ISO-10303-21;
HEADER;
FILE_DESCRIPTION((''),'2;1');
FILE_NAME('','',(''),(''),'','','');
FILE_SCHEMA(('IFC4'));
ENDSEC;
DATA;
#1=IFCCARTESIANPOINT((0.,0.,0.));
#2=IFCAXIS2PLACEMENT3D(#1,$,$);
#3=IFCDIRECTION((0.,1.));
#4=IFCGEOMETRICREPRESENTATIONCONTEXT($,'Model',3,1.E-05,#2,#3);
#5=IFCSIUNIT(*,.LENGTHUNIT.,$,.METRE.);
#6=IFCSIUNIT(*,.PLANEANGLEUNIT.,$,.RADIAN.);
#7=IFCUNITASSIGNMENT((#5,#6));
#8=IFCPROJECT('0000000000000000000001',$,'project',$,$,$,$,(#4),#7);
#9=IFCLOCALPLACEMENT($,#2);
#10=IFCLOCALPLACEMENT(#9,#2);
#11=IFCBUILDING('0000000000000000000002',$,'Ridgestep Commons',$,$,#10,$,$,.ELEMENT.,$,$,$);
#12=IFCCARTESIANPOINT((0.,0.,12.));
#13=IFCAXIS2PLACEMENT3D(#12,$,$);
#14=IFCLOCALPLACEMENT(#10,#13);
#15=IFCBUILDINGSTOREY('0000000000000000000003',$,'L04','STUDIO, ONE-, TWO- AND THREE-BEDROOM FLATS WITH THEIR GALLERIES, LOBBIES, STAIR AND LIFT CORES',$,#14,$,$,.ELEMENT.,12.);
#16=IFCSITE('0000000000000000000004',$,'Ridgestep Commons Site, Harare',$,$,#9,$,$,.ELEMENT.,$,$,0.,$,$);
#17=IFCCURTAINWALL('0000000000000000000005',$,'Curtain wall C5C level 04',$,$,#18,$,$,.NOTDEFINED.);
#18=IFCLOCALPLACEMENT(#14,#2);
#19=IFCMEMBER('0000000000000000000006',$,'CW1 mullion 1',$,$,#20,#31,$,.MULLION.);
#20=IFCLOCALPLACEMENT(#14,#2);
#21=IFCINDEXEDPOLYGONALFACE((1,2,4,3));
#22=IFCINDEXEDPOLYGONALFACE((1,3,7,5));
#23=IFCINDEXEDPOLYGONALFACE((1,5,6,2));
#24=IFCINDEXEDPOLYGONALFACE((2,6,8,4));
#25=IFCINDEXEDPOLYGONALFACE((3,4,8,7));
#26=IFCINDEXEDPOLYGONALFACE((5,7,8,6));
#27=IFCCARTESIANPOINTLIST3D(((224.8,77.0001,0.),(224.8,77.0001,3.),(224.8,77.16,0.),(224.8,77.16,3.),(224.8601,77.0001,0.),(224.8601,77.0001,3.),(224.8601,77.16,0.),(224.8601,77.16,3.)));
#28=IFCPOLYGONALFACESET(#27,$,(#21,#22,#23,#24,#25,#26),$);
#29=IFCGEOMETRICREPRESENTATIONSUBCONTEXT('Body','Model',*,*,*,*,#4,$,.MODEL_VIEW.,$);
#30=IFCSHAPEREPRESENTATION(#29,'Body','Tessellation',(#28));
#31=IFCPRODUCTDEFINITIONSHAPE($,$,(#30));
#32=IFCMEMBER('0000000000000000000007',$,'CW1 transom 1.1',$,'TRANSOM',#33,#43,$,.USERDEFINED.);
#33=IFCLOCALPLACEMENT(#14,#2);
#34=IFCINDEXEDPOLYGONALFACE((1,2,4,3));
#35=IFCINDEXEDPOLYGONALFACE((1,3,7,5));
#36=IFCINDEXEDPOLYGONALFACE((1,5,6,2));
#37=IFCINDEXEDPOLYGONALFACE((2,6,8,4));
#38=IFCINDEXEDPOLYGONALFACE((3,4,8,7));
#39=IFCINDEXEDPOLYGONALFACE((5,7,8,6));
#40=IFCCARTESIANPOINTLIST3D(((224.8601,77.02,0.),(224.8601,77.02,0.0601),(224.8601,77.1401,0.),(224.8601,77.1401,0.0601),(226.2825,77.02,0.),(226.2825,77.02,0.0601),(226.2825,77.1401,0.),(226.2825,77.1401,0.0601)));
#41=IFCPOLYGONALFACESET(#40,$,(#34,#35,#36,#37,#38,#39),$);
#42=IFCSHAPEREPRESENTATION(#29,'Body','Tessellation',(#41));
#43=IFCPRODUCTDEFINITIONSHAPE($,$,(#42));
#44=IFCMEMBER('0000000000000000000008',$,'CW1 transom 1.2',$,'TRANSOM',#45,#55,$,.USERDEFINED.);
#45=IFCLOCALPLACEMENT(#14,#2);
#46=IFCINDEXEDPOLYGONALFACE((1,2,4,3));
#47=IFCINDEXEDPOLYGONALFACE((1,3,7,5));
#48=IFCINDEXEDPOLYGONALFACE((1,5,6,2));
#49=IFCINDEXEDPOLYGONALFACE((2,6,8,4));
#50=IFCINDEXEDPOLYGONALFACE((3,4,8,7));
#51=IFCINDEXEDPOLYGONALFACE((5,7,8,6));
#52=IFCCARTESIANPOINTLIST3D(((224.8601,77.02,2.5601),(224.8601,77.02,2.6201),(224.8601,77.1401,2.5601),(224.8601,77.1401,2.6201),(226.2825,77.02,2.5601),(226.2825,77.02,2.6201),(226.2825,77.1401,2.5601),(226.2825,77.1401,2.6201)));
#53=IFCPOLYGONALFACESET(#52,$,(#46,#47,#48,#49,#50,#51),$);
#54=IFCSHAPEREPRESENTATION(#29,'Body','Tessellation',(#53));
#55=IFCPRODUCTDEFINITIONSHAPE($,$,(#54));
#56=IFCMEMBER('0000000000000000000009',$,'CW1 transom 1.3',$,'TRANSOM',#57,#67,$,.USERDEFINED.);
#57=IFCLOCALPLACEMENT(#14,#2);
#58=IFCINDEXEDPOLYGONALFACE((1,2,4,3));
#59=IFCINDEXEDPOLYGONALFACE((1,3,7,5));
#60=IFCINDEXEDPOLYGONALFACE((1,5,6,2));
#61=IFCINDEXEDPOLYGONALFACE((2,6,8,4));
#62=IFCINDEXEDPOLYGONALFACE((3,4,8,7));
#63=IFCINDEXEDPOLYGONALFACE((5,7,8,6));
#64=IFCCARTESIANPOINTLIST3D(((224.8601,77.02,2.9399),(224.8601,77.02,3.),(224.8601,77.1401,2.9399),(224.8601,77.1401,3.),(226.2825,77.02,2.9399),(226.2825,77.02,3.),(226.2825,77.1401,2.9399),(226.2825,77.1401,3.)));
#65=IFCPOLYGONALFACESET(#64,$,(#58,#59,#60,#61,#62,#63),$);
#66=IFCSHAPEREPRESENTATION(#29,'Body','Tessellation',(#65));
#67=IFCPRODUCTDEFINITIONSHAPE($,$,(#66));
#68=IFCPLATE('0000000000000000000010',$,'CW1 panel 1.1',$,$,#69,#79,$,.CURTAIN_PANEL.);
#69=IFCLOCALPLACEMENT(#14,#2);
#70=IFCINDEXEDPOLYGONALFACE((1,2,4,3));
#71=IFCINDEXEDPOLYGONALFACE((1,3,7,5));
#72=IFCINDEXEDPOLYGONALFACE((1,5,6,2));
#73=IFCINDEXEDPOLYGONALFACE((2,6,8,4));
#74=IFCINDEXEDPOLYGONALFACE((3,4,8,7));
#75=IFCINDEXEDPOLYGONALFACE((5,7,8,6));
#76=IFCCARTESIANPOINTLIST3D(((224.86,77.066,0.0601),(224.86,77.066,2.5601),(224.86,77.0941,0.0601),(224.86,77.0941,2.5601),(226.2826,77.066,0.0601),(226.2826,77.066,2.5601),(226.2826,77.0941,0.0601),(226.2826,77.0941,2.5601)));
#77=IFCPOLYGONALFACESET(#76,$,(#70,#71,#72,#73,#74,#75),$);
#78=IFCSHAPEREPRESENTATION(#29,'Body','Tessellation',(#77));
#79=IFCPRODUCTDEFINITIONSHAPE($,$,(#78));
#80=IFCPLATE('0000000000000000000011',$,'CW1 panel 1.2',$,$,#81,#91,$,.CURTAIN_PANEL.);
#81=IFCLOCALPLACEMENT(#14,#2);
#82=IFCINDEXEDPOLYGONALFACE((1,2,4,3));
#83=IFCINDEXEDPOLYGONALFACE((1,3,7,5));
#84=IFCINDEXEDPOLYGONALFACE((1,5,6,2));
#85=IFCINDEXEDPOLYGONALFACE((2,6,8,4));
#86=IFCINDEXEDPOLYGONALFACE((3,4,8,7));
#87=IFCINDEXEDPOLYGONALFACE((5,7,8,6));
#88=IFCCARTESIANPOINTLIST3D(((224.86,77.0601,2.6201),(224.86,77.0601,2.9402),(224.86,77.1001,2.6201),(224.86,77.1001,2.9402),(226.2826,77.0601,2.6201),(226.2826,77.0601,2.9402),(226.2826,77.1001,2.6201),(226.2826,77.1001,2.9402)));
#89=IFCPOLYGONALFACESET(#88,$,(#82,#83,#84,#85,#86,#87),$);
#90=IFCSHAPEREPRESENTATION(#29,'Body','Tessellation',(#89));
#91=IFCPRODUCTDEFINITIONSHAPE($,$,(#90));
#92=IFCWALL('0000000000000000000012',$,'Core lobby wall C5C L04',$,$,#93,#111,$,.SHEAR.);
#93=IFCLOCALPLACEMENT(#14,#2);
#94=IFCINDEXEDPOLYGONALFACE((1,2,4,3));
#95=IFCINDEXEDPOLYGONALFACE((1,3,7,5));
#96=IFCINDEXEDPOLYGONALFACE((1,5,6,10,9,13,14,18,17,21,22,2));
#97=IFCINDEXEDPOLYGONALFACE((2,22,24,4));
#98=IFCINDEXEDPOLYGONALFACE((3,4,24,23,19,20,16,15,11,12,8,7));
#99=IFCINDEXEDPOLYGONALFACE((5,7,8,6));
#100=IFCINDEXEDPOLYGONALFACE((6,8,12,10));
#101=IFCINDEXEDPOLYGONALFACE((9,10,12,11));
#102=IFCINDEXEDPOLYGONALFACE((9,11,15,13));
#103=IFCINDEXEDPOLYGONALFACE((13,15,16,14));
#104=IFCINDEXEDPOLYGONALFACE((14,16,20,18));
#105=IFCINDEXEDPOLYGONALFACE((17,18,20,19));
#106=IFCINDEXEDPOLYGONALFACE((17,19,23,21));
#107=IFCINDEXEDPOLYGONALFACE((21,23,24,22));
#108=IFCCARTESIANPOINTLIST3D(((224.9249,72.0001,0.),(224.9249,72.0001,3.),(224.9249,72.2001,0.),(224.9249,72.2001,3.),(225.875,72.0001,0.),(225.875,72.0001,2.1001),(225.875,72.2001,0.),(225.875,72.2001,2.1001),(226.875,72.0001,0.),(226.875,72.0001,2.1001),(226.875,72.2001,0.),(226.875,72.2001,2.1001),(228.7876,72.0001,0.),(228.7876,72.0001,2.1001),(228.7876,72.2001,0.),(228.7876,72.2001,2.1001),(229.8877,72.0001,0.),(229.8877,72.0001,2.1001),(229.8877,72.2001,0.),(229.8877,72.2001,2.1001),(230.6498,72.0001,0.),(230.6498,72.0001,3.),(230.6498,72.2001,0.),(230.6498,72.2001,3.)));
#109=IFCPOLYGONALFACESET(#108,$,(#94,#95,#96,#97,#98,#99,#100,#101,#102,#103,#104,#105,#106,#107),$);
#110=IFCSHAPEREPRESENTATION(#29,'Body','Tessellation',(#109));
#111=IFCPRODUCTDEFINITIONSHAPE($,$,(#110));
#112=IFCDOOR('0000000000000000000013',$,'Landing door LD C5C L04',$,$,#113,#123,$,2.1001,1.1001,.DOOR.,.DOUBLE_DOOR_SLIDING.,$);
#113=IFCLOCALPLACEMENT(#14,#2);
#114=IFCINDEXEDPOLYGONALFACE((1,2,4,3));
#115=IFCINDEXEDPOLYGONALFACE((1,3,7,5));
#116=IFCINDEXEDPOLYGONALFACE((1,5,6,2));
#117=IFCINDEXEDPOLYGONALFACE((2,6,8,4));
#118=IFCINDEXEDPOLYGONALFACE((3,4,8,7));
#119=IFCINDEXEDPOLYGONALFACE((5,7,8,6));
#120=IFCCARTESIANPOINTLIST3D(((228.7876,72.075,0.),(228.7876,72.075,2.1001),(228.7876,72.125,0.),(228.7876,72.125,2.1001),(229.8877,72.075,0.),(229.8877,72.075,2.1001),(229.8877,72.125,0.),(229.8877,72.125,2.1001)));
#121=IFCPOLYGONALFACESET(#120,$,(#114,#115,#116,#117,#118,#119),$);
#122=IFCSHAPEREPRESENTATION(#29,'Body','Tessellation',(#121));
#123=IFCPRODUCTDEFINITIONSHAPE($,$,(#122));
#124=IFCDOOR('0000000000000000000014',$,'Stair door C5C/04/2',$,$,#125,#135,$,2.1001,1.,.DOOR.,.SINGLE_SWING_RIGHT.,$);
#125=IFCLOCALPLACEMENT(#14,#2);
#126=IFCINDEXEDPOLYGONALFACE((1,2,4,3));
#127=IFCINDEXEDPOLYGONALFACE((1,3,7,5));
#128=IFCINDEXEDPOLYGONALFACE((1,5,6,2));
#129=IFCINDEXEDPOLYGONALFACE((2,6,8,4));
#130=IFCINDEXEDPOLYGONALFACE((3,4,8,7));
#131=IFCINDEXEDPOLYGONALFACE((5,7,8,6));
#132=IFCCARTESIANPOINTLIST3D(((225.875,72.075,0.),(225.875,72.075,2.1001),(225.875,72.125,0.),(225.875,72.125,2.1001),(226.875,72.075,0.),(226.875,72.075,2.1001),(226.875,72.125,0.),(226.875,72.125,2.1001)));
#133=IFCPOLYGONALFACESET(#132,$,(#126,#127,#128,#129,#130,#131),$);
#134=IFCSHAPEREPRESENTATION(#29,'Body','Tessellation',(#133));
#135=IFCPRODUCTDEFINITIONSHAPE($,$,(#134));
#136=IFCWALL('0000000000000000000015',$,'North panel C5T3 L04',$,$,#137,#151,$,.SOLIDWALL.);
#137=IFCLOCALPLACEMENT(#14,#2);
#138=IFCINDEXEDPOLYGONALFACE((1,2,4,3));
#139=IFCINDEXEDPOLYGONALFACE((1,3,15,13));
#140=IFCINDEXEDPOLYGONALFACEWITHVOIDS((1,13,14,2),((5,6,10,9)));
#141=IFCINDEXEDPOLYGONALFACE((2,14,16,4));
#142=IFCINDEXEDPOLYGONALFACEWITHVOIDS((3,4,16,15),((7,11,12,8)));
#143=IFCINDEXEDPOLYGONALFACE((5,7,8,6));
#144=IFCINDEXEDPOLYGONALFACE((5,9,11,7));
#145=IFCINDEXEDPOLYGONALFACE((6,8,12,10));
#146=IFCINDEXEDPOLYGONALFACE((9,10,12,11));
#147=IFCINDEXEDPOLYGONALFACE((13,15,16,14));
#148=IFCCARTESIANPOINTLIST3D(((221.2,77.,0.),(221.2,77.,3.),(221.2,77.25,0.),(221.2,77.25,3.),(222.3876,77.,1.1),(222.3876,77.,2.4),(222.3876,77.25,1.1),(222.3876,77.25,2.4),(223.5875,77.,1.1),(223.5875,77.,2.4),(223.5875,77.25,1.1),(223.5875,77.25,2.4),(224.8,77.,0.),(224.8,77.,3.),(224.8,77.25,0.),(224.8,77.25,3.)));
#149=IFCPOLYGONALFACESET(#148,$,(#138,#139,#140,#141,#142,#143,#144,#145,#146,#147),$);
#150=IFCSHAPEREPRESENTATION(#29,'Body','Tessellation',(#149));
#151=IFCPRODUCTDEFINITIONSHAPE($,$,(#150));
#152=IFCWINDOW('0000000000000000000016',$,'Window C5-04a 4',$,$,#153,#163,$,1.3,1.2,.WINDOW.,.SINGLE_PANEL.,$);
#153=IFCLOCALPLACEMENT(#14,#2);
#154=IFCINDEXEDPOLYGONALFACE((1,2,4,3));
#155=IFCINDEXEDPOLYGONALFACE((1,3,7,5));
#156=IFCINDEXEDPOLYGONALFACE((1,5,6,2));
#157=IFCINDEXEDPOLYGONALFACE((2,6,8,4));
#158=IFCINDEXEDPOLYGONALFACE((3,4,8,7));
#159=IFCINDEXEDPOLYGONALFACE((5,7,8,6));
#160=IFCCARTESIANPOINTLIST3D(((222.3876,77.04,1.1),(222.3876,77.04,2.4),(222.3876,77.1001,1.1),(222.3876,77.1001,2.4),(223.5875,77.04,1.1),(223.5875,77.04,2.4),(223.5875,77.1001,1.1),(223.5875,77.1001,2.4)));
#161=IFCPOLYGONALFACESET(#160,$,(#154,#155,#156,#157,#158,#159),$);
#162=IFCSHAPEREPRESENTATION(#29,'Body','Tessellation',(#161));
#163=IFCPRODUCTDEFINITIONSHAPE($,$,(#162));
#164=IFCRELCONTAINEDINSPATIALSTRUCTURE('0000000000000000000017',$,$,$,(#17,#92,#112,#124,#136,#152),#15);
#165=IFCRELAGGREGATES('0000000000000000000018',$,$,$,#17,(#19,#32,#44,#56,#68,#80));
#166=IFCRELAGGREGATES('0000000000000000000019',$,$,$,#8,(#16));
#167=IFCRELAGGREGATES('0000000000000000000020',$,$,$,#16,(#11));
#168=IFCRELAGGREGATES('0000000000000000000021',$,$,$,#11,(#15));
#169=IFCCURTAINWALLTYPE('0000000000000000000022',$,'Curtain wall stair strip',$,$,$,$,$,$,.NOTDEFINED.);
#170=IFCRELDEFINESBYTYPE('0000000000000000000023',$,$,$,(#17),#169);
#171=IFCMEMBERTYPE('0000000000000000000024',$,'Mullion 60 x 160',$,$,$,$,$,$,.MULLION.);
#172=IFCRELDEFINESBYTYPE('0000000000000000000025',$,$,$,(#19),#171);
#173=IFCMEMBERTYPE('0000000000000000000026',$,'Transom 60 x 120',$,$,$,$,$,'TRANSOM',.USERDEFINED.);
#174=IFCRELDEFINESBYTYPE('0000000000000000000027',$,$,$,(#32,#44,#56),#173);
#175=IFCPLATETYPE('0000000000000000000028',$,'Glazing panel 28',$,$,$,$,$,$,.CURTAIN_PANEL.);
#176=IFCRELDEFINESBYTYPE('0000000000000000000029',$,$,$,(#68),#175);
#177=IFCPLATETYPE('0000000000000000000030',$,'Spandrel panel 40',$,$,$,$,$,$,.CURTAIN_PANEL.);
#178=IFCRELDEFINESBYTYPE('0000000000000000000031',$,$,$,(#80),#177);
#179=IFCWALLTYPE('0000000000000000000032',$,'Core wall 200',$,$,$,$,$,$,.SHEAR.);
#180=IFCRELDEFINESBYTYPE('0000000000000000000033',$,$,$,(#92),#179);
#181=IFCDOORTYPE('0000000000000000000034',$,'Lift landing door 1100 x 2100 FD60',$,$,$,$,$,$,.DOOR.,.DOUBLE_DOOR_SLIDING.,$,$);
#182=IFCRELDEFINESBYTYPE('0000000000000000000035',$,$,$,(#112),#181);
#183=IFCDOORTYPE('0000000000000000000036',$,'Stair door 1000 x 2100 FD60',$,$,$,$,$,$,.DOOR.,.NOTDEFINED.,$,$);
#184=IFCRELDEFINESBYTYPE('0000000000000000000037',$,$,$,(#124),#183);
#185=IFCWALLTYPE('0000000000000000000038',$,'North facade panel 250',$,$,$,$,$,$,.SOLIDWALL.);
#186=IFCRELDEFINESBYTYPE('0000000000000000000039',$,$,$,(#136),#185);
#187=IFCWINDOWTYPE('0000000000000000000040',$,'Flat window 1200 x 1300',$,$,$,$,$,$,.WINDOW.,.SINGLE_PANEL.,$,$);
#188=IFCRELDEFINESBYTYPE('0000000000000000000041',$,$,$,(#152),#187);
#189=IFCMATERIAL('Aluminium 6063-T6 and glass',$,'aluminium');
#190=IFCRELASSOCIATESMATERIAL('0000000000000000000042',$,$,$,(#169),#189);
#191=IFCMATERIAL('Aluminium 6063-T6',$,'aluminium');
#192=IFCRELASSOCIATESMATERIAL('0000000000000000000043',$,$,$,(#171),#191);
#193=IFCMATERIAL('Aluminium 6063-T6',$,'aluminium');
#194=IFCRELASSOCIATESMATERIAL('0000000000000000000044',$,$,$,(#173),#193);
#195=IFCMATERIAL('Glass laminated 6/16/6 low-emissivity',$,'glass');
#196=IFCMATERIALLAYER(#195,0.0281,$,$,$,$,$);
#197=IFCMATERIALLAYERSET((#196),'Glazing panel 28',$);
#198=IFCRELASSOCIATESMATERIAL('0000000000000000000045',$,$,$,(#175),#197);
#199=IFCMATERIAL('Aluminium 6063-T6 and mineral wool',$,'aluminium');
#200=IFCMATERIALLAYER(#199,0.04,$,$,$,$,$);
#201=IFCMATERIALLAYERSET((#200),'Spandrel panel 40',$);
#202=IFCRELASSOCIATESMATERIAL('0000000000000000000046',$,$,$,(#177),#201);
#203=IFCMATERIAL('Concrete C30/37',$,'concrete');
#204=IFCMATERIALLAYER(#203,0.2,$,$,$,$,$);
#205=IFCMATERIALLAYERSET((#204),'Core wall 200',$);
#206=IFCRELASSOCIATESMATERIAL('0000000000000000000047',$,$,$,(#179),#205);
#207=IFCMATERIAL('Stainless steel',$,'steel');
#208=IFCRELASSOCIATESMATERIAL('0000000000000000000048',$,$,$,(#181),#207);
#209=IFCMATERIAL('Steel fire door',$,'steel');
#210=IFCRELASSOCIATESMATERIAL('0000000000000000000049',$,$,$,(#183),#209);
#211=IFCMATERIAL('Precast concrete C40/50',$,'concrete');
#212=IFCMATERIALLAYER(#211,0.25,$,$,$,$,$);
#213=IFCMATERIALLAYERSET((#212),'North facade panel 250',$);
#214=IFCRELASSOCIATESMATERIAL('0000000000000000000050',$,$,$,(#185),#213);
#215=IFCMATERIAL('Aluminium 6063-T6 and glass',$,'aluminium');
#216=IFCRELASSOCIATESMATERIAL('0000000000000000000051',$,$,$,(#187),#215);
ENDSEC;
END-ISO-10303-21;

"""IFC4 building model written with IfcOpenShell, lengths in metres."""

from ifc_helpers import new_model, si_unit, direction, frame, frame_2d, origin, origin_2d, place, context, subcontext, project, spatial, rectangle, extrude, material, layer, layer_set, material_profile, profile_set, type_object, element, fill, aggregate, save


model = new_model("IFC4")

# Units and contexts
model_context = context("Model", 3, precision=1e-05, world=origin(), true_north=direction((0.0, 1.0)))
body_context = subcontext(model_context, "Body", "Model", "MODEL_VIEW")
ifc_project = project(units=[si_unit("LENGTHUNIT", "METRE"), si_unit("PLANEANGLEUNIT", "RADIAN")], contexts=[model_context])

# Site, building, storey
site_placement = place(None, origin())
site = spatial("IfcSite", under=ifc_project, at=site_placement, Name="Ridgestep Commons Site, Harare", CompositionType="ELEMENT", RefElevation=0.0)
building_placement = place(site_placement, origin())
building = spatial("IfcBuilding", under=site, at=building_placement, Name="Ridgestep Commons", CompositionType="ELEMENT")
storey_placement = place(building_placement, frame((0.0, 0.0, 12.0)))
storey = spatial("IfcBuildingStorey", under=building, at=storey_placement, Name="L04", Description="STUDIO, ONE-, TWO- AND THREE-BEDROOM FLATS WITH THEIR GALLERIES, LOBBIES, STAIR AND LIFT CORES", CompositionType="ELEMENT", Elevation=12.0)

# Curtain wall, members, plates
ifc_material_1 = material(Name="Aluminium 6063-T6 and glass", Category="aluminium")
curtain_wall_type = type_object("IfcCurtainWallType", Name="Curtain wall stair strip", PredefinedType="NOTDEFINED", material=ifc_material_1)
curtain_wall_placement = place(storey_placement, origin())
curtain_wall = element("IfcCurtainWall", 1, at=curtain_wall_placement, inside=storey, type_object=curtain_wall_type, Name="Curtain wall C5C level 04", PredefinedType="NOTDEFINED")
ifc_material_2 = material(Name="Aluminium 6063-T6", Category="aluminium")
ifc_material_profile_1 = material_profile(ifc_material_2, rectangle(XDim=0.1599, YDim=0.0601, at=origin_2d()), Name="Mullion 60 x 160")
ifc_profile_set_1 = profile_set([ifc_material_profile_1], Name="Aluminium 6063-T6")
member_type_1 = type_object("IfcMemberType", Name="Mullion 60 x 160", PredefinedType="MULLION", material=ifc_profile_set_1)
member_1_placement = place(storey_placement, frame((224.8301, 77.0801, 0.0), z_axis=(0.0, 0.0, 1.0), x_axis=(0.0, 1.0, 0.0)))
member_1 = element("IfcMember", 2, at=member_1_placement, type_object=member_type_1, Name="CW1 mullion 1", PredefinedType="MULLION", context=body_context, shape_type="SweptSolid", body=[
    extrude(rectangle(XDim=0.1599, YDim=0.0601, at=origin_2d()), origin(), (0.0, 0.0, 1.0), 3.0),
])
ifc_material_3 = material(Name="Aluminium 6063-T6", Category="aluminium")
ifc_material_profile_2 = material_profile(ifc_material_3, rectangle(XDim=0.1201, YDim=0.0601, at=origin_2d()), Name="Transom 60 x 120")
ifc_profile_set_2 = profile_set([ifc_material_profile_2], Name="Aluminium 6063-T6")
member_type_2 = type_object("IfcMemberType", Name="Transom 60 x 120", ElementType="TRANSOM", PredefinedType="USERDEFINED", material=ifc_profile_set_2)
member_2_placement = place(storey_placement, frame((224.8601, 77.0801, 0.03), z_axis=(1.0, 0.0, 0.0), x_axis=(0.0, 1.0, 0.0)))
member_2 = element("IfcMember", 3, at=member_2_placement, type_object=member_type_2, Name="CW1 transom 1.1", ObjectType="TRANSOM", PredefinedType="USERDEFINED", context=body_context, shape_type="SweptSolid", body=[
    extrude(rectangle(XDim=0.1201, YDim=0.0601, at=origin_2d()), origin(), (0.0, 0.0, 1.0), 1.4224),
])
member_3_placement = place(storey_placement, frame((224.8601, 77.0801, 2.5901), z_axis=(1.0, 0.0, 0.0), x_axis=(0.0, 1.0, 0.0)))
member_3 = element("IfcMember", 4, at=member_3_placement, type_object=member_type_2, Name="CW1 transom 1.2", ObjectType="TRANSOM", PredefinedType="USERDEFINED", context=body_context, shape_type="SweptSolid", body=[
    extrude(rectangle(XDim=0.1201, YDim=0.0601, at=origin_2d()), origin(), (0.0, 0.0, 1.0), 1.4224),
])
member_4_placement = place(storey_placement, frame((224.8601, 77.0801, 2.97), z_axis=(1.0, 0.0, 0.0), x_axis=(0.0, 1.0, 0.0)))
member_4 = element("IfcMember", 5, at=member_4_placement, type_object=member_type_2, Name="CW1 transom 1.3", ObjectType="TRANSOM", PredefinedType="USERDEFINED", context=body_context, shape_type="SweptSolid", body=[
    extrude(rectangle(XDim=0.1201, YDim=0.0601, at=origin_2d()), origin(), (0.0, 0.0, 1.0), 1.4224),
])
ifc_material_4 = material(Name="Glass laminated 6/16/6 low-emissivity", Category="glass")
ifc_layer_1 = layer(ifc_material_4, 0.0281)
ifc_layer_set_1 = layer_set([ifc_layer_1], Name="Glazing panel 28")
plate_type_1 = type_object("IfcPlateType", Name="Glazing panel 28", PredefinedType="CURTAIN_PANEL", material=ifc_layer_set_1)
plate_1_placement = place(storey_placement, frame((225.5713, 77.0801, 0.0601), z_axis=(0.0, 0.0, 1.0), x_axis=(1.0, 0.0, 0.0)))
plate_1 = element("IfcPlate", 6, at=plate_1_placement, type_object=plate_type_1, Name="CW1 panel 1.1", PredefinedType="CURTAIN_PANEL", context=body_context, shape_type="SweptSolid", body=[
    extrude(rectangle(XDim=1.4226, YDim=0.0281, at=origin_2d()), origin(), (0.0, 0.0, 1.0), 2.5),
])
ifc_material_5 = material(Name="Aluminium 6063-T6 and mineral wool", Category="aluminium")
ifc_layer_2 = layer(ifc_material_5, 0.04)
ifc_layer_set_2 = layer_set([ifc_layer_2], Name="Spandrel panel 40")
plate_type_2 = type_object("IfcPlateType", Name="Spandrel panel 40", PredefinedType="CURTAIN_PANEL", material=ifc_layer_set_2)
plate_2_placement = place(storey_placement, frame((225.5713, 77.0801, 2.6201), z_axis=(0.0, 0.0, 1.0), x_axis=(1.0, 0.0, 0.0)))
plate_2 = element("IfcPlate", 7, at=plate_2_placement, type_object=plate_type_2, Name="CW1 panel 1.2", PredefinedType="CURTAIN_PANEL", context=body_context, shape_type="SweptSolid", body=[
    extrude(rectangle(XDim=1.4226, YDim=0.04, at=origin_2d()), origin(), (0.0, 0.0, 1.0), 0.3201),
])
aggregate(curtain_wall, [member_1, member_2, member_3, member_4, plate_1, plate_2])

# Wall, openings, doors
ifc_material_6 = material(Name="Concrete C30/37", Category="concrete")
ifc_layer_3 = layer(ifc_material_6, 0.2)
ifc_layer_set_3 = layer_set([ifc_layer_3], Name="Core wall 200")
wall_type_1 = type_object("IfcWallType", Name="Core wall 200", PredefinedType="SHEAR", material=ifc_layer_set_3)
wall_1_placement = place(storey_placement, frame((224.925, 72.1001, 0.0), z_axis=(0.0, 0.0, 1.0), x_axis=(1.0, 0.0, 0.0)))
wall_1 = element("IfcWall", 8, at=wall_1_placement, inside=storey, type_object=wall_type_1, Name="Core lobby wall C5C L04", PredefinedType="SHEAR", context=body_context, shape_type="SweptSolid", body=[
    extrude(rectangle(XDim=5.7249, YDim=0.2, at=frame_2d((2.8623, 0.0))), origin(), (0.0, 0.0, 1.0), 3.0),
])
opening_1_placement = place(wall_1_placement, frame((0.95, 0.0, 0.0)))
opening_1 = element("IfcOpeningElement", 9, at=opening_1_placement, cuts=wall_1, PredefinedType="OPENING", context=body_context, shape_type="SweptSolid", body=[
    extrude(rectangle(XDim=1.0, YDim=2.1001, at=frame_2d((0.5, 1.05))), frame((0.0, 0.1099, 0.0), z_axis=(0.0, -1.0, 0.0), x_axis=(1.0, 0.0, 0.0)), (0.0, 0.0, 1.0), 0.22),
])
opening_2_placement = place(wall_1_placement, frame((3.8625, 0.0, 0.0)))
opening_2 = element("IfcOpeningElement", 10, at=opening_2_placement, cuts=wall_1, PredefinedType="OPENING", context=body_context, shape_type="SweptSolid", body=[
    extrude(rectangle(XDim=1.1001, YDim=2.1001, at=frame_2d((0.55, 1.05))), frame((0.0, 0.1099, 0.0), z_axis=(0.0, -1.0, 0.0), x_axis=(1.0, 0.0, 0.0)), (0.0, 0.0, 1.0), 0.22),
])
ifc_material_7 = material(Name="Stainless steel", Category="steel")
door_type_1 = type_object("IfcDoorType", Name="Lift landing door 1100 x 2100 FD60", OperationType="DOUBLE_DOOR_SLIDING", PredefinedType="DOOR", material=ifc_material_7)
door_1_placement = place(opening_2_placement, origin())
door_1 = element("IfcDoor", 11, at=door_1_placement, inside=storey, type_object=door_type_1, Name="Landing door LD C5C L04", OperationType="DOUBLE_DOOR_SLIDING", OverallHeight=2.1001, OverallWidth=1.1001, PredefinedType="DOOR", context=body_context, shape_type="SweptSolid", body=[
    extrude(rectangle(XDim=1.1001, YDim=2.1001, at=frame_2d((0.55, 1.05))), frame((0.0, 0.0249, 0.0), z_axis=(0.0, -1.0, 0.0), x_axis=(1.0, 0.0, 0.0)), (0.0, 0.0, 1.0), 0.05),
])
fill(opening_2, door_1)
ifc_material_8 = material(Name="Steel fire door", Category="steel")
door_type_2 = type_object("IfcDoorType", Name="Stair door 1000 x 2100 FD60", OperationType="NOTDEFINED", PredefinedType="DOOR", material=ifc_material_8)
door_2_placement = place(opening_1_placement, origin())
door_2 = element("IfcDoor", 12, at=door_2_placement, inside=storey, type_object=door_type_2, Name="Stair door C5C/04/2", OperationType="SINGLE_SWING_RIGHT", OverallHeight=2.1001, OverallWidth=1.0, PredefinedType="DOOR", context=body_context, shape_type="SweptSolid", body=[
    extrude(rectangle(XDim=1.0, YDim=2.1001, at=frame_2d((0.5, 1.05))), frame((0.0, 0.0249, 0.0), z_axis=(0.0, -1.0, 0.0), x_axis=(1.0, 0.0, 0.0)), (0.0, 0.0, 1.0), 0.05),
])
fill(opening_1, door_2)

# Wall, opening, window
ifc_material_9 = material(Name="Precast concrete C40/50", Category="concrete")
ifc_layer_4 = layer(ifc_material_9, 0.25)
ifc_layer_set_4 = layer_set([ifc_layer_4], Name="North facade panel 250")
wall_type_2 = type_object("IfcWallType", Name="North facade panel 250", PredefinedType="SOLIDWALL", material=ifc_layer_set_4)
wall_2_placement = place(storey_placement, frame((221.2, 77.125, 0.0), z_axis=(0.0, 0.0, 1.0), x_axis=(1.0, 0.0, 0.0)))
wall_2 = element("IfcWall", 13, at=wall_2_placement, inside=storey, type_object=wall_type_2, Name="North panel C5T3 L04", PredefinedType="SOLIDWALL", context=body_context, shape_type="SweptSolid", body=[
    extrude(rectangle(XDim=3.6001, YDim=0.25, at=frame_2d((1.8, 0.0))), origin(), (0.0, 0.0, 1.0), 3.0),
])
opening_3_placement = place(wall_2_placement, frame((1.1875, 0.0, 1.1001)))
opening_3 = element("IfcOpeningElement", 14, at=opening_3_placement, cuts=wall_2, PredefinedType="OPENING", context=body_context, shape_type="SweptSolid", body=[
    extrude(rectangle(XDim=1.2, YDim=1.3, at=frame_2d((0.6001, 0.6499))), frame((0.0, 0.135, 0.0), z_axis=(0.0, -1.0, 0.0), x_axis=(1.0, 0.0, 0.0)), (0.0, 0.0, 1.0), 0.27),
])
ifc_material_10 = material(Name="Aluminium 6063-T6 and glass", Category="aluminium")
window_type = type_object("IfcWindowType", Name="Flat window 1200 x 1300", PartitioningType="SINGLE_PANEL", PredefinedType="WINDOW", material=ifc_material_10)
window_placement = place(opening_3_placement, origin())
window = element("IfcWindow", 15, at=window_placement, inside=storey, type_object=window_type, Name="Window C5-04a 4", OverallHeight=1.3, OverallWidth=1.2, PartitioningType="SINGLE_PANEL", PredefinedType="WINDOW", context=body_context, shape_type="SweptSolid", body=[
    extrude(rectangle(XDim=1.2, YDim=1.3, at=frame_2d((0.6001, 0.6499))), frame((0.0, -0.0249, 0.0), z_axis=(0.0, -1.0, 0.0), x_axis=(1.0, 0.0, 0.0)), (0.0, 0.0, 1.0), 0.0601),
])
fill(opening_3, window)

save(model, "model.ifc")
